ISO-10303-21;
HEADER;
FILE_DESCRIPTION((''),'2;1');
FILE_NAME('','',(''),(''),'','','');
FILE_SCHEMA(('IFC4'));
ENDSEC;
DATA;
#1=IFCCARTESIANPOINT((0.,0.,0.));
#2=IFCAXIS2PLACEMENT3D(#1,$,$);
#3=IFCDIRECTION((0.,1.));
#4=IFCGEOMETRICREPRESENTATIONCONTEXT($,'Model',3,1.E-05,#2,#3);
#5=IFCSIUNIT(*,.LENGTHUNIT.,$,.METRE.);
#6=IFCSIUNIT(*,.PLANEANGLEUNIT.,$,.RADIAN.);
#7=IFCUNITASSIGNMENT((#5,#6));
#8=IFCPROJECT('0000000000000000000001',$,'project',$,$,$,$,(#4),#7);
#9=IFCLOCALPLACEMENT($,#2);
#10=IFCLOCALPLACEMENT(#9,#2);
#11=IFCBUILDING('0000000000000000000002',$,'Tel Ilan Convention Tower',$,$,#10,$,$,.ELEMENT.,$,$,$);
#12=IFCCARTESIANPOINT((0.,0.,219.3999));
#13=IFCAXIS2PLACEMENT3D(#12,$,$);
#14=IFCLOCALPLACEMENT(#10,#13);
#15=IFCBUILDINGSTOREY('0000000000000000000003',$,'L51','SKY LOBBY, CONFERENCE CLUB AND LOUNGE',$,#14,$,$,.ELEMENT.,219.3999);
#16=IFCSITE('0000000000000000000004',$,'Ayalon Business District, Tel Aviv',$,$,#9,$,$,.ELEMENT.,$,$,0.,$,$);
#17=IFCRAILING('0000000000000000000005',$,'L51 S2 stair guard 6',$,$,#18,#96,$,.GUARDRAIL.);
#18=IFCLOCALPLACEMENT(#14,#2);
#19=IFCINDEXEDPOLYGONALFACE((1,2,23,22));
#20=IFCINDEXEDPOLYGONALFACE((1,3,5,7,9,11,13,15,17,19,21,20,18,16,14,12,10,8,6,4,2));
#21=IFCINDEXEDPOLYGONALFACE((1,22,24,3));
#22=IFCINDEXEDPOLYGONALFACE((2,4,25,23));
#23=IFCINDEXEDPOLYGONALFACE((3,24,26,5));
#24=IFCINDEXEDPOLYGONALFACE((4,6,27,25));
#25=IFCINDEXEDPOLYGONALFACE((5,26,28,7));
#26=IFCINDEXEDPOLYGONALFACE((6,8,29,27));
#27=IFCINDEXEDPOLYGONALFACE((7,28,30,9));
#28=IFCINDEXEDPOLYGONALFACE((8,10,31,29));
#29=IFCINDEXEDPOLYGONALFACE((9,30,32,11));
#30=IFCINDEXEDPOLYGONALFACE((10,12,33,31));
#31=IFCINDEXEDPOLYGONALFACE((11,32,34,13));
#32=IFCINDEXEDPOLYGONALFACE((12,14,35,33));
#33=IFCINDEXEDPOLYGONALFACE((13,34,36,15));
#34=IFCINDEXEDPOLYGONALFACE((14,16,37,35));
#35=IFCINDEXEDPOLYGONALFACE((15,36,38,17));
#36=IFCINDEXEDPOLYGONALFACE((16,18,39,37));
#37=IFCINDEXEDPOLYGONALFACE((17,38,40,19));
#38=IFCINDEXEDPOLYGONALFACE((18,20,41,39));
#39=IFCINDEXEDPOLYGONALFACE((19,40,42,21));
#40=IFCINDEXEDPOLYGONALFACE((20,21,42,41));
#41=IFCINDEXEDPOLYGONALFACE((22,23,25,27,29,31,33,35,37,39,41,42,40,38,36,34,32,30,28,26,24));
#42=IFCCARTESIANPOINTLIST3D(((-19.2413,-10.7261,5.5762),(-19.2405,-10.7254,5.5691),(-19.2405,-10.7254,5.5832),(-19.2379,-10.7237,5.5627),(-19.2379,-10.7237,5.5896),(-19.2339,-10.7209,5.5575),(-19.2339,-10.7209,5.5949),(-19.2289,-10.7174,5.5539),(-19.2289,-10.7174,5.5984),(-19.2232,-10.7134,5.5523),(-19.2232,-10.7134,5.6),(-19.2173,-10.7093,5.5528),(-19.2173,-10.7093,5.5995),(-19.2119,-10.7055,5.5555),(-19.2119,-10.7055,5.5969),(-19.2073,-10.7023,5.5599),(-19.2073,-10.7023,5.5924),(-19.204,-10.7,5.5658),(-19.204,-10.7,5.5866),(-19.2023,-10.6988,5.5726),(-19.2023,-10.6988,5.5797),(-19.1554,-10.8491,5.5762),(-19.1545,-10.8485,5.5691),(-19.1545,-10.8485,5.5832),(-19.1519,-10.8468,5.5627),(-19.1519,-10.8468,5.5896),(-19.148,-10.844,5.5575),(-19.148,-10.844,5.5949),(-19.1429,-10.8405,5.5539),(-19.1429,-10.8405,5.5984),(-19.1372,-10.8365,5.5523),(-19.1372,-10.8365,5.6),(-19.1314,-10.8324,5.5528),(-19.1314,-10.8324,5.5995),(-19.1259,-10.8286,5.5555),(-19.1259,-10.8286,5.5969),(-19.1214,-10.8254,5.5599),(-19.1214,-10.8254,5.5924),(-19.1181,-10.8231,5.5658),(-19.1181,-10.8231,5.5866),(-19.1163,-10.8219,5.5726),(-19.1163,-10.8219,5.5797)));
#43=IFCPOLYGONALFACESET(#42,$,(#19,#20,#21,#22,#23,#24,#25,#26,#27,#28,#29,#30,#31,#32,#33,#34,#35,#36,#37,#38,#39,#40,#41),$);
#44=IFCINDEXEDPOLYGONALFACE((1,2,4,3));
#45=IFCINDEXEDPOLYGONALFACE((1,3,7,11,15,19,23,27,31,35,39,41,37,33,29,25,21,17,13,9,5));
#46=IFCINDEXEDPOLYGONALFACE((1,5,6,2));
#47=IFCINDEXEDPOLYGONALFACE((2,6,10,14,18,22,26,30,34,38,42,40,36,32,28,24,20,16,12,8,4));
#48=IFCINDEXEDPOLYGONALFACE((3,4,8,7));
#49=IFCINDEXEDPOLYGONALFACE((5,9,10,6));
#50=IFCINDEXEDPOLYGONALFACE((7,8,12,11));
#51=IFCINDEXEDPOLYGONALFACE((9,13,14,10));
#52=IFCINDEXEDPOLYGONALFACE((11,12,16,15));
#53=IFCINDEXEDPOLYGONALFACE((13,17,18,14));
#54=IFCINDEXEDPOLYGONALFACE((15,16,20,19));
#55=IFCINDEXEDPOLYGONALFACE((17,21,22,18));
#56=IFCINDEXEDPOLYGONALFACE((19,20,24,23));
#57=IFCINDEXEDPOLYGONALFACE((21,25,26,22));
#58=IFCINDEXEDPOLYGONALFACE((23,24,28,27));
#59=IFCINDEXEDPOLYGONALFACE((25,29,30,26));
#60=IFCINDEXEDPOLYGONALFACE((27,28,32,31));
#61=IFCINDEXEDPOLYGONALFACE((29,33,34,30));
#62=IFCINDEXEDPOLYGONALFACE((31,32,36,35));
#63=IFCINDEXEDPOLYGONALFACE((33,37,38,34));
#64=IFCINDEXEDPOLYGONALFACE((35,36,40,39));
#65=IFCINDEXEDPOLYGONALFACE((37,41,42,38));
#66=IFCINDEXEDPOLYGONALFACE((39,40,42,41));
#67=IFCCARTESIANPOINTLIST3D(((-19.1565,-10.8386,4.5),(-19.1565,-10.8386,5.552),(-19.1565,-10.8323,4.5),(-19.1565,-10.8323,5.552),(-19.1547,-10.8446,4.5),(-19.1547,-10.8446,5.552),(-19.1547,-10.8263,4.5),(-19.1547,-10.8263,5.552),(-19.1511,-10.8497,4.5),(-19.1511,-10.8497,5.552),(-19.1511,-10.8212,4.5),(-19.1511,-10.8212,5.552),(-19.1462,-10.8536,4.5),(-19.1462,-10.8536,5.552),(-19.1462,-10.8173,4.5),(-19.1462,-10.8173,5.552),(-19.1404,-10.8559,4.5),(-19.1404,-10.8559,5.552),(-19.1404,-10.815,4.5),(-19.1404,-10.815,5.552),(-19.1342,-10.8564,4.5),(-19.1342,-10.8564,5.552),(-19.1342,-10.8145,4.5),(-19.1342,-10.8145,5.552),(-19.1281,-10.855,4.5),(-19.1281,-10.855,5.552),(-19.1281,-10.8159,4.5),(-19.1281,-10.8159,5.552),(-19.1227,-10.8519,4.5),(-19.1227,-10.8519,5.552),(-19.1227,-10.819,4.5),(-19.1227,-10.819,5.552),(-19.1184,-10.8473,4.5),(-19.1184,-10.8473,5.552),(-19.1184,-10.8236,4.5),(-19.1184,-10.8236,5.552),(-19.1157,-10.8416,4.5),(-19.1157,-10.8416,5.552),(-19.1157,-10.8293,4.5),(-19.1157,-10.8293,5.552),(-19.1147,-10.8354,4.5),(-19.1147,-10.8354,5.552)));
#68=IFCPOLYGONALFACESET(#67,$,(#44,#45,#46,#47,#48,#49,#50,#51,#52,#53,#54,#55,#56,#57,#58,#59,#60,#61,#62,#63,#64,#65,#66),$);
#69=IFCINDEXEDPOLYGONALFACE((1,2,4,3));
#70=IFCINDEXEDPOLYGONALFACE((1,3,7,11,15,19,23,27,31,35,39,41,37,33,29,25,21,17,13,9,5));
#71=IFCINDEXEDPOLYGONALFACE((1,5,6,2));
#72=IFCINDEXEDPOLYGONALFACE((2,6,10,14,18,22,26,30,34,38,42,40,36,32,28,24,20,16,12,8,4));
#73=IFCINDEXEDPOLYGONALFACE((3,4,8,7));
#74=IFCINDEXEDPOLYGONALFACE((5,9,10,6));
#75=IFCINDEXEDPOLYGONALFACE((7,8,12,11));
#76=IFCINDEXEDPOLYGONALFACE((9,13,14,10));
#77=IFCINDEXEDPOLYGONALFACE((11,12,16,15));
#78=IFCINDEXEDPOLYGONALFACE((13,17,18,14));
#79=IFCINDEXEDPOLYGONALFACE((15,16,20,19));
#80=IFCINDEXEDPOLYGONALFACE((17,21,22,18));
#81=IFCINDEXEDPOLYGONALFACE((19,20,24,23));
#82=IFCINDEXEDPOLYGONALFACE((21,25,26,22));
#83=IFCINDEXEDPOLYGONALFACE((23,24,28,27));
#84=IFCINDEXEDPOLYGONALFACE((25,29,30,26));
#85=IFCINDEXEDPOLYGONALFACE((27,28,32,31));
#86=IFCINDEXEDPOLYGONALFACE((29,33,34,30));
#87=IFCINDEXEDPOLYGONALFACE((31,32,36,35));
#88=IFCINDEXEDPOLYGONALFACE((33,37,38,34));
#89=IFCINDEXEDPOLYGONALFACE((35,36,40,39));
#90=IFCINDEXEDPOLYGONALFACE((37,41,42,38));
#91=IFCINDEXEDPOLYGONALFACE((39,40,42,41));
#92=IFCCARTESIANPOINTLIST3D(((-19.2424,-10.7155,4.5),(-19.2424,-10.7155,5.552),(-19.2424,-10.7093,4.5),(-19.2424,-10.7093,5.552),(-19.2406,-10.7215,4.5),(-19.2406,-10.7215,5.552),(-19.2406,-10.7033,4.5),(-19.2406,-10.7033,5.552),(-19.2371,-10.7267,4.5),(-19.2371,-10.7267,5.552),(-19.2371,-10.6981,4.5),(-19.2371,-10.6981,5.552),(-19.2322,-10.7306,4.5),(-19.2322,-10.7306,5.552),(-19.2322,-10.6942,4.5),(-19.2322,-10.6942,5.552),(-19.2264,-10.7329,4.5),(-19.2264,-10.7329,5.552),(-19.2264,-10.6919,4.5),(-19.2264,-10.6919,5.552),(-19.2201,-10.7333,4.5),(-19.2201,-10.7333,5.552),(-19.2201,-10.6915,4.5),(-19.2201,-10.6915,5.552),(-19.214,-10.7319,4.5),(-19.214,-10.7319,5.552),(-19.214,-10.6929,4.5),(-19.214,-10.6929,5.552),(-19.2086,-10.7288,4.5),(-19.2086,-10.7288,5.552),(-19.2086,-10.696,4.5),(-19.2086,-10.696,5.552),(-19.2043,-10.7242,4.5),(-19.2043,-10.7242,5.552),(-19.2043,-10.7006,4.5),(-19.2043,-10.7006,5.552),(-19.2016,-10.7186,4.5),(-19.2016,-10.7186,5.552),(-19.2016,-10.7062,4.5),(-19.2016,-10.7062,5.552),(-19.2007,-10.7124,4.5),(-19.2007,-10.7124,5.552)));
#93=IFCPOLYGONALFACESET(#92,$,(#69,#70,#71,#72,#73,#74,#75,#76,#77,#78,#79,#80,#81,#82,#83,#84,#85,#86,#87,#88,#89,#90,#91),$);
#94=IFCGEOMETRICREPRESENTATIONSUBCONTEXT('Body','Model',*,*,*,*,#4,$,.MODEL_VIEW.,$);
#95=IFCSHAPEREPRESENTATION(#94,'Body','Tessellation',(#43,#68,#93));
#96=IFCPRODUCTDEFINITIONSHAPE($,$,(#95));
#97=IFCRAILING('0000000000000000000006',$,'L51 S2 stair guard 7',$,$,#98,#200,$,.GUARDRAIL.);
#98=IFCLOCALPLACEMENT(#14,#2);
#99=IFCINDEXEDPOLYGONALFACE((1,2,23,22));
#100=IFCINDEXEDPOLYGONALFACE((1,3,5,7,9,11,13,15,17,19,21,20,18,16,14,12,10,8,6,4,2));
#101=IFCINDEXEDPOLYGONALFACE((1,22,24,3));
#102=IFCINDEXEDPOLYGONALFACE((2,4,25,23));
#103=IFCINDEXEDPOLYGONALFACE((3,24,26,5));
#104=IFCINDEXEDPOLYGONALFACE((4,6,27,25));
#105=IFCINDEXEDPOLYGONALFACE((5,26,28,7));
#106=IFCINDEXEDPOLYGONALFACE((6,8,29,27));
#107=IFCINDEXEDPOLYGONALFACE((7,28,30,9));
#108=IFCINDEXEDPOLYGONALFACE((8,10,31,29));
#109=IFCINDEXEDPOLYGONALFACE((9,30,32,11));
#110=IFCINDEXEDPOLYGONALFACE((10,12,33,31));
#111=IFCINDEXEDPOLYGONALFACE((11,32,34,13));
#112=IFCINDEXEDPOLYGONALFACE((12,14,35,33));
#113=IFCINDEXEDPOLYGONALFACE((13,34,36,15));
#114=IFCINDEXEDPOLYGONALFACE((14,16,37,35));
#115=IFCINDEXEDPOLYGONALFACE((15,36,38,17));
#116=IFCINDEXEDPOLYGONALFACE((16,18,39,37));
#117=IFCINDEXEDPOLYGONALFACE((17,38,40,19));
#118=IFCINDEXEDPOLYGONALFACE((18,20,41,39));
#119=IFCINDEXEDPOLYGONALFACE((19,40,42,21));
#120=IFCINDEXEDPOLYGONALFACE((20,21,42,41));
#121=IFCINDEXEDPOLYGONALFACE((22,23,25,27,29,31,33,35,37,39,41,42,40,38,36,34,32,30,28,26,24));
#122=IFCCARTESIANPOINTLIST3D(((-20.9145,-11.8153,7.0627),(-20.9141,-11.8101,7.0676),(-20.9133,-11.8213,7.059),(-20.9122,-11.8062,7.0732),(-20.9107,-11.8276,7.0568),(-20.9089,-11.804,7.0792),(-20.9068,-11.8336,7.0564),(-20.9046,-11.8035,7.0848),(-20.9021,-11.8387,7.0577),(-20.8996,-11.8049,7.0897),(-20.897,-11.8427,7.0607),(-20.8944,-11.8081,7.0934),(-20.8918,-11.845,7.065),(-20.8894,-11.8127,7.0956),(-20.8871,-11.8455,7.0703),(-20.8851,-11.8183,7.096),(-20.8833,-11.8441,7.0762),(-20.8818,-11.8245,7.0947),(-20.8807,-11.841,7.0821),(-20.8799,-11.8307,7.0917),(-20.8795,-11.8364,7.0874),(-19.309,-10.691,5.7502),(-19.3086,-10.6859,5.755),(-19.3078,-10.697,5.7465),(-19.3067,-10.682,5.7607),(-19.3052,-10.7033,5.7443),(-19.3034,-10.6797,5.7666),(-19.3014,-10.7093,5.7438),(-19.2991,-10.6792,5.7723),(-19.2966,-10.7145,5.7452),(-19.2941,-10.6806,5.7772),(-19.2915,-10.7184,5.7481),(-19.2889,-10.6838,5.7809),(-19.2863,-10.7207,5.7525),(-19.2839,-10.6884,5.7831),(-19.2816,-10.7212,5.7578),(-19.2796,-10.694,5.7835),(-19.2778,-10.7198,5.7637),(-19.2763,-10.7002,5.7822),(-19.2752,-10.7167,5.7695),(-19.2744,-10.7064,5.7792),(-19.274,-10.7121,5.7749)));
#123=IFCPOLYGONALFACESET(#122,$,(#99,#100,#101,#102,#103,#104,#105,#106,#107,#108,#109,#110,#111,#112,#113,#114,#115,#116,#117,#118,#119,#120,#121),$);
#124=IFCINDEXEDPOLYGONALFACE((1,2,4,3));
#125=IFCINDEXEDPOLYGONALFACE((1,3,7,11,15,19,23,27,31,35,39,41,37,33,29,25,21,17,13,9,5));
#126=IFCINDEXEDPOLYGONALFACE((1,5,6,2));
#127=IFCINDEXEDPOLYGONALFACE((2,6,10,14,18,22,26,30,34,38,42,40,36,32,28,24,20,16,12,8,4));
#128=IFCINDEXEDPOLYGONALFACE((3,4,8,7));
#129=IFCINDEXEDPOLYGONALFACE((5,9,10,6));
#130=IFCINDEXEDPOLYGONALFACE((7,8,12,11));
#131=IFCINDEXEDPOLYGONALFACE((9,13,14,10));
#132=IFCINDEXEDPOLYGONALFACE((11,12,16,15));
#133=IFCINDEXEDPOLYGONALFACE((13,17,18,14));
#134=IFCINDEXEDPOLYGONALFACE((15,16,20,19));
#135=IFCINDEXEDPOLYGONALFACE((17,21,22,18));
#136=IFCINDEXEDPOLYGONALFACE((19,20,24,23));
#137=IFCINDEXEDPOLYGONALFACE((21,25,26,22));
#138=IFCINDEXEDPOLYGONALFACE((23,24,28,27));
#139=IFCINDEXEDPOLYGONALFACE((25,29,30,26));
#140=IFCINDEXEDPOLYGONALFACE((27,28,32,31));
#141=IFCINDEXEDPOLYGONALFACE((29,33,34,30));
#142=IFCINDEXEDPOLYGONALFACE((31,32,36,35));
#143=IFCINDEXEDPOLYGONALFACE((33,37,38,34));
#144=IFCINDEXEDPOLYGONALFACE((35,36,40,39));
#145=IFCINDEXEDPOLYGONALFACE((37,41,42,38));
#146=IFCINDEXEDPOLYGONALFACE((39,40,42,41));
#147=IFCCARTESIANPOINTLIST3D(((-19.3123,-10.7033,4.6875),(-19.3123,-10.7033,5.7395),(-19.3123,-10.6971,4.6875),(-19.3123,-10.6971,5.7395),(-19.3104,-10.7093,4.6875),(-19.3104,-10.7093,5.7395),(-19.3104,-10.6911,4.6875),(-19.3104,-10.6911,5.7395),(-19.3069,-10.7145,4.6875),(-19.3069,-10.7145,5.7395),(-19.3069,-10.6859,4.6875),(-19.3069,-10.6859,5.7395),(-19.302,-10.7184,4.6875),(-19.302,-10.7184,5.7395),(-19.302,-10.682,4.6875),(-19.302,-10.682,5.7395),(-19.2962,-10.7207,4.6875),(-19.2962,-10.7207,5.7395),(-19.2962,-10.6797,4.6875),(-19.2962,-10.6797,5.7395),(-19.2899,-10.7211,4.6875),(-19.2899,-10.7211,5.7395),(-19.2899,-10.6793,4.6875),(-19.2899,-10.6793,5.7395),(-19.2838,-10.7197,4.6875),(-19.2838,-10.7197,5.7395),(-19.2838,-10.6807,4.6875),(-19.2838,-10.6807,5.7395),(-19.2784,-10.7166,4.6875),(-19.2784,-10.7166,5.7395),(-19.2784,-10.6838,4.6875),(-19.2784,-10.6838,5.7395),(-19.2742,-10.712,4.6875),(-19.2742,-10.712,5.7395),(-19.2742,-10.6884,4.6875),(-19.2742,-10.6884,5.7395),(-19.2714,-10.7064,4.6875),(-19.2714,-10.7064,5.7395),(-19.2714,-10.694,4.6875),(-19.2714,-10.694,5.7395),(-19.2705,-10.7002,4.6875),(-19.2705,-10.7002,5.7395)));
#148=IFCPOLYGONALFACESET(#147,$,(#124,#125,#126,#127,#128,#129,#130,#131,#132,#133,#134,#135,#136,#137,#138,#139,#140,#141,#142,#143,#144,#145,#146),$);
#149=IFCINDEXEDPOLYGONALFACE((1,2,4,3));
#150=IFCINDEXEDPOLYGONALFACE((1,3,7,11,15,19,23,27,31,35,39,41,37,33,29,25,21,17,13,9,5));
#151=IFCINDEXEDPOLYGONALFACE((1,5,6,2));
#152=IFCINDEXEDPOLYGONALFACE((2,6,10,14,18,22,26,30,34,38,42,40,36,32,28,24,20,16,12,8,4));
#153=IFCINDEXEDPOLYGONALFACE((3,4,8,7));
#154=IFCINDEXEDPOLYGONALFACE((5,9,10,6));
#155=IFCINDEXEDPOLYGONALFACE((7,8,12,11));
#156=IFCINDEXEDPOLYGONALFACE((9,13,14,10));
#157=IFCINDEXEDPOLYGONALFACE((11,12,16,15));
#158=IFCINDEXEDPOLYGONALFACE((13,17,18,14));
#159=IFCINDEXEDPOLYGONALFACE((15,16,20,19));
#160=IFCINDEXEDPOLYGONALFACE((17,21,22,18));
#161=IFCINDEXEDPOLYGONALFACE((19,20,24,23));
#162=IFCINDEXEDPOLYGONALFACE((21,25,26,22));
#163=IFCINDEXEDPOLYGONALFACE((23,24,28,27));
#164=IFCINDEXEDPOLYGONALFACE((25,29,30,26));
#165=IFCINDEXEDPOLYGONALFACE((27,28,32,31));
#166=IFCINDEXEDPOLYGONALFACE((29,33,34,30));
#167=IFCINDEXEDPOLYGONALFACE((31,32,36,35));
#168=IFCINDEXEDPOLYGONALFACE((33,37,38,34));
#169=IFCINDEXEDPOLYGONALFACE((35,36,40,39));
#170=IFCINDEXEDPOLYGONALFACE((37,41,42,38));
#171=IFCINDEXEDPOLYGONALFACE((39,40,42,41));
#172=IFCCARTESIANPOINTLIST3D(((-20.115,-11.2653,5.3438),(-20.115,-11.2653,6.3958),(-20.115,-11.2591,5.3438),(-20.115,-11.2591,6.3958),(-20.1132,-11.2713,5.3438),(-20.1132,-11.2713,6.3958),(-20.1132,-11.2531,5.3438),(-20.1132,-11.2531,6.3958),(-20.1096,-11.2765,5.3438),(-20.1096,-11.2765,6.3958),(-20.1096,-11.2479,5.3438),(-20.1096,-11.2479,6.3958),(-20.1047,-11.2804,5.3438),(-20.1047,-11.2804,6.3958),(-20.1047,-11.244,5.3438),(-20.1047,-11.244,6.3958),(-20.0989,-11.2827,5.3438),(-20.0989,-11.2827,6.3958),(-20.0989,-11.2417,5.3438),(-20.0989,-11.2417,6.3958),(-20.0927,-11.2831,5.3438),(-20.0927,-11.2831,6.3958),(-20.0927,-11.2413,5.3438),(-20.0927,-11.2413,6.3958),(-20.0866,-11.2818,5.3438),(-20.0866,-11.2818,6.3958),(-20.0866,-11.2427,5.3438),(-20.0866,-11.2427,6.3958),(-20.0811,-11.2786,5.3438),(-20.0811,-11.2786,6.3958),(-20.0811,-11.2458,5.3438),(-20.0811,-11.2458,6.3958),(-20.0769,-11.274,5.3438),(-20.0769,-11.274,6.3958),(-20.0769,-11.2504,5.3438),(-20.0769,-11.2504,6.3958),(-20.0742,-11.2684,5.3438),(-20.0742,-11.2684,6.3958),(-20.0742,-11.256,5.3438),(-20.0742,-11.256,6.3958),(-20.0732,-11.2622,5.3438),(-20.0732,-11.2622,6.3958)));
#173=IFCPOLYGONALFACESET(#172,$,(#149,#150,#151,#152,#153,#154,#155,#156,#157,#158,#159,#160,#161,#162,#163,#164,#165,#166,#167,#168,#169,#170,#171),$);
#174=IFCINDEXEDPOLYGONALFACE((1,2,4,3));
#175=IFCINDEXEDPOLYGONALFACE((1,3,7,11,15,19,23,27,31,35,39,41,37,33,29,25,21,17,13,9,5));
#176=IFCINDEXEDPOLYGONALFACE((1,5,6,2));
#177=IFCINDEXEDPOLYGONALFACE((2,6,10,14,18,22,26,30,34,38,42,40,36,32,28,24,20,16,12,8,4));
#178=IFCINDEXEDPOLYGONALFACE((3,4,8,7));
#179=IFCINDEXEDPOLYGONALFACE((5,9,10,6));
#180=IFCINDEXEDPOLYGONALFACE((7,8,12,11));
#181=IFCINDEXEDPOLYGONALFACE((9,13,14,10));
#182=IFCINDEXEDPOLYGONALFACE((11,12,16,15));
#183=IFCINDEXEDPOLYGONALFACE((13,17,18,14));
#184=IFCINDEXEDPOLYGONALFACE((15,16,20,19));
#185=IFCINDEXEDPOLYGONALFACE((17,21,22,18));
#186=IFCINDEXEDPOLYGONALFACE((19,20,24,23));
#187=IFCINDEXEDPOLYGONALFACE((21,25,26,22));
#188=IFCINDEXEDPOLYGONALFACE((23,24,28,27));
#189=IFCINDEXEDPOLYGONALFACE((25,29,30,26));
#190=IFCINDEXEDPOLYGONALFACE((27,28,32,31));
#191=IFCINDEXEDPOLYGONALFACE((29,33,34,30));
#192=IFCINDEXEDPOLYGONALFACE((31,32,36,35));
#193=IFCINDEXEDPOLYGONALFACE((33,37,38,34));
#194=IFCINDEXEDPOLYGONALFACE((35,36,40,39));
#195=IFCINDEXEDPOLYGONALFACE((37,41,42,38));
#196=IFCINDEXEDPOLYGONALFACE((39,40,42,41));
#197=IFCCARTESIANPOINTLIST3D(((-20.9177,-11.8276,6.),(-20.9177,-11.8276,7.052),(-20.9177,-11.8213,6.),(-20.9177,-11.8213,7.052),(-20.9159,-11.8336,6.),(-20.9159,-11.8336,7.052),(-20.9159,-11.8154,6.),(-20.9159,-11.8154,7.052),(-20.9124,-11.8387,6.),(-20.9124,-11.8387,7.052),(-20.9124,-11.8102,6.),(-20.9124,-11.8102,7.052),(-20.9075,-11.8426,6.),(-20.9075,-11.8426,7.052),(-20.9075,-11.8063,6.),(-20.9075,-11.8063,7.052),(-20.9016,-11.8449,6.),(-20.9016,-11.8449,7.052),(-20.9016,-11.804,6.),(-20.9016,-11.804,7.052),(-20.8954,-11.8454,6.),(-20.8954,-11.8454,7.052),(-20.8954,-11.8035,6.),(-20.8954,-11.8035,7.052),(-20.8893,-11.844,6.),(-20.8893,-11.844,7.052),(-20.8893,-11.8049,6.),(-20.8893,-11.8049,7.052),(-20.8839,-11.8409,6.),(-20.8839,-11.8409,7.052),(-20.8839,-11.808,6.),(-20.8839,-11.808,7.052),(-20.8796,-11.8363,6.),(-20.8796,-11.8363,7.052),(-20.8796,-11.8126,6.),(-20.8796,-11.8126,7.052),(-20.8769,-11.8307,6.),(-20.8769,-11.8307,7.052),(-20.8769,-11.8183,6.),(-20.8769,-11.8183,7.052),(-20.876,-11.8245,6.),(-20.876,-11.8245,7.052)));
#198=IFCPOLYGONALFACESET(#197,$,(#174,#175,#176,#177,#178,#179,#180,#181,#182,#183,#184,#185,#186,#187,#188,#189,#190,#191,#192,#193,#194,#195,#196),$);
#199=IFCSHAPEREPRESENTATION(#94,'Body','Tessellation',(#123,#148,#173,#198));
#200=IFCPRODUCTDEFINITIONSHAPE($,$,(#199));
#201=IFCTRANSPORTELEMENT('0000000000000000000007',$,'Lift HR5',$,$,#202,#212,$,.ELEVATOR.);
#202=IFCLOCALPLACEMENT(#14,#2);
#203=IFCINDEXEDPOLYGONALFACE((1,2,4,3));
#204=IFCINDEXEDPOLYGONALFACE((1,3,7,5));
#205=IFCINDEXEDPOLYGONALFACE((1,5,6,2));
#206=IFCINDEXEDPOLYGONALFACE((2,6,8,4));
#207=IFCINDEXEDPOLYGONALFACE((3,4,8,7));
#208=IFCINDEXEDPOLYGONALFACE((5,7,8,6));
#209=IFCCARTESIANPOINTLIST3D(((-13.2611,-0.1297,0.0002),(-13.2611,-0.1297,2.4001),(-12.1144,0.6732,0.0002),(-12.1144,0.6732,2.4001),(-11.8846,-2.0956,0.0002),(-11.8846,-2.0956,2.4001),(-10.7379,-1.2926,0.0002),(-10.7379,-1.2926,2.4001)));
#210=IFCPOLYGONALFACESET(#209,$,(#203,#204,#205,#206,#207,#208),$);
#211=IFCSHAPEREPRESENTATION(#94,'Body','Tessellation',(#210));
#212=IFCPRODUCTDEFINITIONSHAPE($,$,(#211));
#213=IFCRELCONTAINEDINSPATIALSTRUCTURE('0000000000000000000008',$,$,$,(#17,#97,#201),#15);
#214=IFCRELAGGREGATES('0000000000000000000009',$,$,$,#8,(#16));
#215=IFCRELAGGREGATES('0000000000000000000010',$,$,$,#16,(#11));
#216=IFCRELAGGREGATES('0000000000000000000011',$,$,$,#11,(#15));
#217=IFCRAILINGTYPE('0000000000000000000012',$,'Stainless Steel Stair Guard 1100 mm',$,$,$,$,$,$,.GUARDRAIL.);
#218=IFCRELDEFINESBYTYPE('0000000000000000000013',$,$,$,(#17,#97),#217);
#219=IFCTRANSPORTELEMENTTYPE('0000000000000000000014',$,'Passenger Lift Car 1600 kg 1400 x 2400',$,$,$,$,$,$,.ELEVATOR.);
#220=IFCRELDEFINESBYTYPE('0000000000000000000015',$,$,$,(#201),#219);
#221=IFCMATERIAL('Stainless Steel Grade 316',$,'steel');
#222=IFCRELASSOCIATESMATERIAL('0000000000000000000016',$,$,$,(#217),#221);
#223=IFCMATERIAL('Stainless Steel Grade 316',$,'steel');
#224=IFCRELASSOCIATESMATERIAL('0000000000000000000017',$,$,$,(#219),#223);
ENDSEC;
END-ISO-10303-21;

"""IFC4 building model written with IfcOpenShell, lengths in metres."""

from ifc_helpers import new_model, si_unit, direction, frame, origin, origin_2d, place, context, subcontext, project, spatial, rectangle, circle, extrude, material, type_object, element, save


model = new_model("IFC4")

# Units and contexts
model_context = context("Model", 3, precision=1e-05, world=origin(), true_north=direction((0.0, 1.0)))
body_context = subcontext(model_context, "Body", "Model", "MODEL_VIEW")
ifc_project = project(units=[si_unit("LENGTHUNIT", "METRE"), si_unit("PLANEANGLEUNIT", "RADIAN")], contexts=[model_context])

# Site, building, storey
site_placement = place(None, origin())
site = spatial("IfcSite", under=ifc_project, at=site_placement, Name="Ayalon Business District, Tel Aviv", CompositionType="ELEMENT", RefElevation=0.0)
building_placement = place(site_placement, origin())
building = spatial("IfcBuilding", under=site, at=building_placement, Name="Tel Ilan Convention Tower", CompositionType="ELEMENT")
storey_placement = place(building_placement, frame((0.0, 0.0, 219.3999)))
storey = spatial("IfcBuildingStorey", under=building, at=storey_placement, Name="L51", Description="SKY LOBBY, CONFERENCE CLUB AND LOUNGE", CompositionType="ELEMENT", Elevation=219.3999)

# Railings
ifc_material_1 = material(Name="Stainless Steel Grade 316", Category="steel")
railing_type = type_object("IfcRailingType", Name="Stainless Steel Stair Guard 1100 mm", PredefinedType="GUARDRAIL", material=ifc_material_1)
railing_1_placement = place(storey_placement, frame((-19.1357, -10.8354, 4.5)))
element("IfcRailing", 1, at=railing_1_placement, inside=storey, type_object=railing_type, Name="L51 S2 stair guard 6", PredefinedType="GUARDRAIL", context=body_context, shape_type="SweptSolid", body=[
    extrude(circle(Radius=0.0239, at=origin_2d()), frame((0.0, 0.0, 1.0762), z_axis=(-0.572589, 0.819843, 0.0), x_axis=(-0.819843, -0.572589, 0.0)), (0.0, 0.0, 1.0), 0.1501),
    extrude(circle(Radius=0.021, at=origin_2d()), origin(), (0.0, 0.0, 1.0), 1.052),
    extrude(circle(Radius=0.021, at=origin_2d()), frame((-0.0859, 0.123, 0.0)), (0.0, 0.0, 1.0), 1.052),
])
railing_2_placement = place(storey_placement, frame((-19.2915, -10.7002, 4.6875)))
element("IfcRailing", 2, at=railing_2_placement, inside=storey, type_object=railing_type, Name="L51 S2 stair guard 7", PredefinedType="GUARDRAIL", context=body_context, shape_type="SweptSolid", body=[
    extrude(circle(Radius=0.0239, at=origin_2d()), frame((0.0, 0.0, 1.0762), z_axis=(-0.680616, -0.476617, 0.556416), x_axis=(0.573613, -0.819127, 0.0)), (0.0, 0.0, 1.0), 2.3589),
    extrude(circle(Radius=0.021, at=origin_2d()), origin(), (0.0, 0.0, 1.0), 1.052),
    extrude(circle(Radius=0.021, at=origin_2d()), frame((-0.8027, -0.562, 0.6562)), (0.0, 0.0, 1.0), 1.052),
    extrude(circle(Radius=0.021, at=origin_2d()), frame((-1.6055, -1.1243, 1.3125)), (0.0, 0.0, 1.0), 1.052),
])

# Transport element
ifc_material_2 = material(Name="Stainless Steel Grade 316", Category="steel")
transport_element_type = type_object("IfcTransportElementType", Name="Passenger Lift Car 1600 kg 1400 x 2400", PredefinedType="ELEVATOR", material=ifc_material_2)
for number, where, z_axis, x_axis, name in (
    (3, (-11.9995, -0.7112, 0.0002), (0.0, 0.0, 1.0), (-0.819152, -0.573576, 0.0), "Lift HR5"),
):
    element("IfcTransportElement", number, at=place(storey_placement, frame(where, z_axis=z_axis, x_axis=x_axis)), inside=storey, type_object=transport_element_type, Name=name, PredefinedType="ELEVATOR", context=body_context, shape_type="SweptSolid", body=[
        extrude(rectangle(XDim=1.3999, YDim=2.3999, at=origin_2d()), origin(), (0.0, 0.0, 1.0), 2.3999),
    ])

save(model, "model.ifc")
